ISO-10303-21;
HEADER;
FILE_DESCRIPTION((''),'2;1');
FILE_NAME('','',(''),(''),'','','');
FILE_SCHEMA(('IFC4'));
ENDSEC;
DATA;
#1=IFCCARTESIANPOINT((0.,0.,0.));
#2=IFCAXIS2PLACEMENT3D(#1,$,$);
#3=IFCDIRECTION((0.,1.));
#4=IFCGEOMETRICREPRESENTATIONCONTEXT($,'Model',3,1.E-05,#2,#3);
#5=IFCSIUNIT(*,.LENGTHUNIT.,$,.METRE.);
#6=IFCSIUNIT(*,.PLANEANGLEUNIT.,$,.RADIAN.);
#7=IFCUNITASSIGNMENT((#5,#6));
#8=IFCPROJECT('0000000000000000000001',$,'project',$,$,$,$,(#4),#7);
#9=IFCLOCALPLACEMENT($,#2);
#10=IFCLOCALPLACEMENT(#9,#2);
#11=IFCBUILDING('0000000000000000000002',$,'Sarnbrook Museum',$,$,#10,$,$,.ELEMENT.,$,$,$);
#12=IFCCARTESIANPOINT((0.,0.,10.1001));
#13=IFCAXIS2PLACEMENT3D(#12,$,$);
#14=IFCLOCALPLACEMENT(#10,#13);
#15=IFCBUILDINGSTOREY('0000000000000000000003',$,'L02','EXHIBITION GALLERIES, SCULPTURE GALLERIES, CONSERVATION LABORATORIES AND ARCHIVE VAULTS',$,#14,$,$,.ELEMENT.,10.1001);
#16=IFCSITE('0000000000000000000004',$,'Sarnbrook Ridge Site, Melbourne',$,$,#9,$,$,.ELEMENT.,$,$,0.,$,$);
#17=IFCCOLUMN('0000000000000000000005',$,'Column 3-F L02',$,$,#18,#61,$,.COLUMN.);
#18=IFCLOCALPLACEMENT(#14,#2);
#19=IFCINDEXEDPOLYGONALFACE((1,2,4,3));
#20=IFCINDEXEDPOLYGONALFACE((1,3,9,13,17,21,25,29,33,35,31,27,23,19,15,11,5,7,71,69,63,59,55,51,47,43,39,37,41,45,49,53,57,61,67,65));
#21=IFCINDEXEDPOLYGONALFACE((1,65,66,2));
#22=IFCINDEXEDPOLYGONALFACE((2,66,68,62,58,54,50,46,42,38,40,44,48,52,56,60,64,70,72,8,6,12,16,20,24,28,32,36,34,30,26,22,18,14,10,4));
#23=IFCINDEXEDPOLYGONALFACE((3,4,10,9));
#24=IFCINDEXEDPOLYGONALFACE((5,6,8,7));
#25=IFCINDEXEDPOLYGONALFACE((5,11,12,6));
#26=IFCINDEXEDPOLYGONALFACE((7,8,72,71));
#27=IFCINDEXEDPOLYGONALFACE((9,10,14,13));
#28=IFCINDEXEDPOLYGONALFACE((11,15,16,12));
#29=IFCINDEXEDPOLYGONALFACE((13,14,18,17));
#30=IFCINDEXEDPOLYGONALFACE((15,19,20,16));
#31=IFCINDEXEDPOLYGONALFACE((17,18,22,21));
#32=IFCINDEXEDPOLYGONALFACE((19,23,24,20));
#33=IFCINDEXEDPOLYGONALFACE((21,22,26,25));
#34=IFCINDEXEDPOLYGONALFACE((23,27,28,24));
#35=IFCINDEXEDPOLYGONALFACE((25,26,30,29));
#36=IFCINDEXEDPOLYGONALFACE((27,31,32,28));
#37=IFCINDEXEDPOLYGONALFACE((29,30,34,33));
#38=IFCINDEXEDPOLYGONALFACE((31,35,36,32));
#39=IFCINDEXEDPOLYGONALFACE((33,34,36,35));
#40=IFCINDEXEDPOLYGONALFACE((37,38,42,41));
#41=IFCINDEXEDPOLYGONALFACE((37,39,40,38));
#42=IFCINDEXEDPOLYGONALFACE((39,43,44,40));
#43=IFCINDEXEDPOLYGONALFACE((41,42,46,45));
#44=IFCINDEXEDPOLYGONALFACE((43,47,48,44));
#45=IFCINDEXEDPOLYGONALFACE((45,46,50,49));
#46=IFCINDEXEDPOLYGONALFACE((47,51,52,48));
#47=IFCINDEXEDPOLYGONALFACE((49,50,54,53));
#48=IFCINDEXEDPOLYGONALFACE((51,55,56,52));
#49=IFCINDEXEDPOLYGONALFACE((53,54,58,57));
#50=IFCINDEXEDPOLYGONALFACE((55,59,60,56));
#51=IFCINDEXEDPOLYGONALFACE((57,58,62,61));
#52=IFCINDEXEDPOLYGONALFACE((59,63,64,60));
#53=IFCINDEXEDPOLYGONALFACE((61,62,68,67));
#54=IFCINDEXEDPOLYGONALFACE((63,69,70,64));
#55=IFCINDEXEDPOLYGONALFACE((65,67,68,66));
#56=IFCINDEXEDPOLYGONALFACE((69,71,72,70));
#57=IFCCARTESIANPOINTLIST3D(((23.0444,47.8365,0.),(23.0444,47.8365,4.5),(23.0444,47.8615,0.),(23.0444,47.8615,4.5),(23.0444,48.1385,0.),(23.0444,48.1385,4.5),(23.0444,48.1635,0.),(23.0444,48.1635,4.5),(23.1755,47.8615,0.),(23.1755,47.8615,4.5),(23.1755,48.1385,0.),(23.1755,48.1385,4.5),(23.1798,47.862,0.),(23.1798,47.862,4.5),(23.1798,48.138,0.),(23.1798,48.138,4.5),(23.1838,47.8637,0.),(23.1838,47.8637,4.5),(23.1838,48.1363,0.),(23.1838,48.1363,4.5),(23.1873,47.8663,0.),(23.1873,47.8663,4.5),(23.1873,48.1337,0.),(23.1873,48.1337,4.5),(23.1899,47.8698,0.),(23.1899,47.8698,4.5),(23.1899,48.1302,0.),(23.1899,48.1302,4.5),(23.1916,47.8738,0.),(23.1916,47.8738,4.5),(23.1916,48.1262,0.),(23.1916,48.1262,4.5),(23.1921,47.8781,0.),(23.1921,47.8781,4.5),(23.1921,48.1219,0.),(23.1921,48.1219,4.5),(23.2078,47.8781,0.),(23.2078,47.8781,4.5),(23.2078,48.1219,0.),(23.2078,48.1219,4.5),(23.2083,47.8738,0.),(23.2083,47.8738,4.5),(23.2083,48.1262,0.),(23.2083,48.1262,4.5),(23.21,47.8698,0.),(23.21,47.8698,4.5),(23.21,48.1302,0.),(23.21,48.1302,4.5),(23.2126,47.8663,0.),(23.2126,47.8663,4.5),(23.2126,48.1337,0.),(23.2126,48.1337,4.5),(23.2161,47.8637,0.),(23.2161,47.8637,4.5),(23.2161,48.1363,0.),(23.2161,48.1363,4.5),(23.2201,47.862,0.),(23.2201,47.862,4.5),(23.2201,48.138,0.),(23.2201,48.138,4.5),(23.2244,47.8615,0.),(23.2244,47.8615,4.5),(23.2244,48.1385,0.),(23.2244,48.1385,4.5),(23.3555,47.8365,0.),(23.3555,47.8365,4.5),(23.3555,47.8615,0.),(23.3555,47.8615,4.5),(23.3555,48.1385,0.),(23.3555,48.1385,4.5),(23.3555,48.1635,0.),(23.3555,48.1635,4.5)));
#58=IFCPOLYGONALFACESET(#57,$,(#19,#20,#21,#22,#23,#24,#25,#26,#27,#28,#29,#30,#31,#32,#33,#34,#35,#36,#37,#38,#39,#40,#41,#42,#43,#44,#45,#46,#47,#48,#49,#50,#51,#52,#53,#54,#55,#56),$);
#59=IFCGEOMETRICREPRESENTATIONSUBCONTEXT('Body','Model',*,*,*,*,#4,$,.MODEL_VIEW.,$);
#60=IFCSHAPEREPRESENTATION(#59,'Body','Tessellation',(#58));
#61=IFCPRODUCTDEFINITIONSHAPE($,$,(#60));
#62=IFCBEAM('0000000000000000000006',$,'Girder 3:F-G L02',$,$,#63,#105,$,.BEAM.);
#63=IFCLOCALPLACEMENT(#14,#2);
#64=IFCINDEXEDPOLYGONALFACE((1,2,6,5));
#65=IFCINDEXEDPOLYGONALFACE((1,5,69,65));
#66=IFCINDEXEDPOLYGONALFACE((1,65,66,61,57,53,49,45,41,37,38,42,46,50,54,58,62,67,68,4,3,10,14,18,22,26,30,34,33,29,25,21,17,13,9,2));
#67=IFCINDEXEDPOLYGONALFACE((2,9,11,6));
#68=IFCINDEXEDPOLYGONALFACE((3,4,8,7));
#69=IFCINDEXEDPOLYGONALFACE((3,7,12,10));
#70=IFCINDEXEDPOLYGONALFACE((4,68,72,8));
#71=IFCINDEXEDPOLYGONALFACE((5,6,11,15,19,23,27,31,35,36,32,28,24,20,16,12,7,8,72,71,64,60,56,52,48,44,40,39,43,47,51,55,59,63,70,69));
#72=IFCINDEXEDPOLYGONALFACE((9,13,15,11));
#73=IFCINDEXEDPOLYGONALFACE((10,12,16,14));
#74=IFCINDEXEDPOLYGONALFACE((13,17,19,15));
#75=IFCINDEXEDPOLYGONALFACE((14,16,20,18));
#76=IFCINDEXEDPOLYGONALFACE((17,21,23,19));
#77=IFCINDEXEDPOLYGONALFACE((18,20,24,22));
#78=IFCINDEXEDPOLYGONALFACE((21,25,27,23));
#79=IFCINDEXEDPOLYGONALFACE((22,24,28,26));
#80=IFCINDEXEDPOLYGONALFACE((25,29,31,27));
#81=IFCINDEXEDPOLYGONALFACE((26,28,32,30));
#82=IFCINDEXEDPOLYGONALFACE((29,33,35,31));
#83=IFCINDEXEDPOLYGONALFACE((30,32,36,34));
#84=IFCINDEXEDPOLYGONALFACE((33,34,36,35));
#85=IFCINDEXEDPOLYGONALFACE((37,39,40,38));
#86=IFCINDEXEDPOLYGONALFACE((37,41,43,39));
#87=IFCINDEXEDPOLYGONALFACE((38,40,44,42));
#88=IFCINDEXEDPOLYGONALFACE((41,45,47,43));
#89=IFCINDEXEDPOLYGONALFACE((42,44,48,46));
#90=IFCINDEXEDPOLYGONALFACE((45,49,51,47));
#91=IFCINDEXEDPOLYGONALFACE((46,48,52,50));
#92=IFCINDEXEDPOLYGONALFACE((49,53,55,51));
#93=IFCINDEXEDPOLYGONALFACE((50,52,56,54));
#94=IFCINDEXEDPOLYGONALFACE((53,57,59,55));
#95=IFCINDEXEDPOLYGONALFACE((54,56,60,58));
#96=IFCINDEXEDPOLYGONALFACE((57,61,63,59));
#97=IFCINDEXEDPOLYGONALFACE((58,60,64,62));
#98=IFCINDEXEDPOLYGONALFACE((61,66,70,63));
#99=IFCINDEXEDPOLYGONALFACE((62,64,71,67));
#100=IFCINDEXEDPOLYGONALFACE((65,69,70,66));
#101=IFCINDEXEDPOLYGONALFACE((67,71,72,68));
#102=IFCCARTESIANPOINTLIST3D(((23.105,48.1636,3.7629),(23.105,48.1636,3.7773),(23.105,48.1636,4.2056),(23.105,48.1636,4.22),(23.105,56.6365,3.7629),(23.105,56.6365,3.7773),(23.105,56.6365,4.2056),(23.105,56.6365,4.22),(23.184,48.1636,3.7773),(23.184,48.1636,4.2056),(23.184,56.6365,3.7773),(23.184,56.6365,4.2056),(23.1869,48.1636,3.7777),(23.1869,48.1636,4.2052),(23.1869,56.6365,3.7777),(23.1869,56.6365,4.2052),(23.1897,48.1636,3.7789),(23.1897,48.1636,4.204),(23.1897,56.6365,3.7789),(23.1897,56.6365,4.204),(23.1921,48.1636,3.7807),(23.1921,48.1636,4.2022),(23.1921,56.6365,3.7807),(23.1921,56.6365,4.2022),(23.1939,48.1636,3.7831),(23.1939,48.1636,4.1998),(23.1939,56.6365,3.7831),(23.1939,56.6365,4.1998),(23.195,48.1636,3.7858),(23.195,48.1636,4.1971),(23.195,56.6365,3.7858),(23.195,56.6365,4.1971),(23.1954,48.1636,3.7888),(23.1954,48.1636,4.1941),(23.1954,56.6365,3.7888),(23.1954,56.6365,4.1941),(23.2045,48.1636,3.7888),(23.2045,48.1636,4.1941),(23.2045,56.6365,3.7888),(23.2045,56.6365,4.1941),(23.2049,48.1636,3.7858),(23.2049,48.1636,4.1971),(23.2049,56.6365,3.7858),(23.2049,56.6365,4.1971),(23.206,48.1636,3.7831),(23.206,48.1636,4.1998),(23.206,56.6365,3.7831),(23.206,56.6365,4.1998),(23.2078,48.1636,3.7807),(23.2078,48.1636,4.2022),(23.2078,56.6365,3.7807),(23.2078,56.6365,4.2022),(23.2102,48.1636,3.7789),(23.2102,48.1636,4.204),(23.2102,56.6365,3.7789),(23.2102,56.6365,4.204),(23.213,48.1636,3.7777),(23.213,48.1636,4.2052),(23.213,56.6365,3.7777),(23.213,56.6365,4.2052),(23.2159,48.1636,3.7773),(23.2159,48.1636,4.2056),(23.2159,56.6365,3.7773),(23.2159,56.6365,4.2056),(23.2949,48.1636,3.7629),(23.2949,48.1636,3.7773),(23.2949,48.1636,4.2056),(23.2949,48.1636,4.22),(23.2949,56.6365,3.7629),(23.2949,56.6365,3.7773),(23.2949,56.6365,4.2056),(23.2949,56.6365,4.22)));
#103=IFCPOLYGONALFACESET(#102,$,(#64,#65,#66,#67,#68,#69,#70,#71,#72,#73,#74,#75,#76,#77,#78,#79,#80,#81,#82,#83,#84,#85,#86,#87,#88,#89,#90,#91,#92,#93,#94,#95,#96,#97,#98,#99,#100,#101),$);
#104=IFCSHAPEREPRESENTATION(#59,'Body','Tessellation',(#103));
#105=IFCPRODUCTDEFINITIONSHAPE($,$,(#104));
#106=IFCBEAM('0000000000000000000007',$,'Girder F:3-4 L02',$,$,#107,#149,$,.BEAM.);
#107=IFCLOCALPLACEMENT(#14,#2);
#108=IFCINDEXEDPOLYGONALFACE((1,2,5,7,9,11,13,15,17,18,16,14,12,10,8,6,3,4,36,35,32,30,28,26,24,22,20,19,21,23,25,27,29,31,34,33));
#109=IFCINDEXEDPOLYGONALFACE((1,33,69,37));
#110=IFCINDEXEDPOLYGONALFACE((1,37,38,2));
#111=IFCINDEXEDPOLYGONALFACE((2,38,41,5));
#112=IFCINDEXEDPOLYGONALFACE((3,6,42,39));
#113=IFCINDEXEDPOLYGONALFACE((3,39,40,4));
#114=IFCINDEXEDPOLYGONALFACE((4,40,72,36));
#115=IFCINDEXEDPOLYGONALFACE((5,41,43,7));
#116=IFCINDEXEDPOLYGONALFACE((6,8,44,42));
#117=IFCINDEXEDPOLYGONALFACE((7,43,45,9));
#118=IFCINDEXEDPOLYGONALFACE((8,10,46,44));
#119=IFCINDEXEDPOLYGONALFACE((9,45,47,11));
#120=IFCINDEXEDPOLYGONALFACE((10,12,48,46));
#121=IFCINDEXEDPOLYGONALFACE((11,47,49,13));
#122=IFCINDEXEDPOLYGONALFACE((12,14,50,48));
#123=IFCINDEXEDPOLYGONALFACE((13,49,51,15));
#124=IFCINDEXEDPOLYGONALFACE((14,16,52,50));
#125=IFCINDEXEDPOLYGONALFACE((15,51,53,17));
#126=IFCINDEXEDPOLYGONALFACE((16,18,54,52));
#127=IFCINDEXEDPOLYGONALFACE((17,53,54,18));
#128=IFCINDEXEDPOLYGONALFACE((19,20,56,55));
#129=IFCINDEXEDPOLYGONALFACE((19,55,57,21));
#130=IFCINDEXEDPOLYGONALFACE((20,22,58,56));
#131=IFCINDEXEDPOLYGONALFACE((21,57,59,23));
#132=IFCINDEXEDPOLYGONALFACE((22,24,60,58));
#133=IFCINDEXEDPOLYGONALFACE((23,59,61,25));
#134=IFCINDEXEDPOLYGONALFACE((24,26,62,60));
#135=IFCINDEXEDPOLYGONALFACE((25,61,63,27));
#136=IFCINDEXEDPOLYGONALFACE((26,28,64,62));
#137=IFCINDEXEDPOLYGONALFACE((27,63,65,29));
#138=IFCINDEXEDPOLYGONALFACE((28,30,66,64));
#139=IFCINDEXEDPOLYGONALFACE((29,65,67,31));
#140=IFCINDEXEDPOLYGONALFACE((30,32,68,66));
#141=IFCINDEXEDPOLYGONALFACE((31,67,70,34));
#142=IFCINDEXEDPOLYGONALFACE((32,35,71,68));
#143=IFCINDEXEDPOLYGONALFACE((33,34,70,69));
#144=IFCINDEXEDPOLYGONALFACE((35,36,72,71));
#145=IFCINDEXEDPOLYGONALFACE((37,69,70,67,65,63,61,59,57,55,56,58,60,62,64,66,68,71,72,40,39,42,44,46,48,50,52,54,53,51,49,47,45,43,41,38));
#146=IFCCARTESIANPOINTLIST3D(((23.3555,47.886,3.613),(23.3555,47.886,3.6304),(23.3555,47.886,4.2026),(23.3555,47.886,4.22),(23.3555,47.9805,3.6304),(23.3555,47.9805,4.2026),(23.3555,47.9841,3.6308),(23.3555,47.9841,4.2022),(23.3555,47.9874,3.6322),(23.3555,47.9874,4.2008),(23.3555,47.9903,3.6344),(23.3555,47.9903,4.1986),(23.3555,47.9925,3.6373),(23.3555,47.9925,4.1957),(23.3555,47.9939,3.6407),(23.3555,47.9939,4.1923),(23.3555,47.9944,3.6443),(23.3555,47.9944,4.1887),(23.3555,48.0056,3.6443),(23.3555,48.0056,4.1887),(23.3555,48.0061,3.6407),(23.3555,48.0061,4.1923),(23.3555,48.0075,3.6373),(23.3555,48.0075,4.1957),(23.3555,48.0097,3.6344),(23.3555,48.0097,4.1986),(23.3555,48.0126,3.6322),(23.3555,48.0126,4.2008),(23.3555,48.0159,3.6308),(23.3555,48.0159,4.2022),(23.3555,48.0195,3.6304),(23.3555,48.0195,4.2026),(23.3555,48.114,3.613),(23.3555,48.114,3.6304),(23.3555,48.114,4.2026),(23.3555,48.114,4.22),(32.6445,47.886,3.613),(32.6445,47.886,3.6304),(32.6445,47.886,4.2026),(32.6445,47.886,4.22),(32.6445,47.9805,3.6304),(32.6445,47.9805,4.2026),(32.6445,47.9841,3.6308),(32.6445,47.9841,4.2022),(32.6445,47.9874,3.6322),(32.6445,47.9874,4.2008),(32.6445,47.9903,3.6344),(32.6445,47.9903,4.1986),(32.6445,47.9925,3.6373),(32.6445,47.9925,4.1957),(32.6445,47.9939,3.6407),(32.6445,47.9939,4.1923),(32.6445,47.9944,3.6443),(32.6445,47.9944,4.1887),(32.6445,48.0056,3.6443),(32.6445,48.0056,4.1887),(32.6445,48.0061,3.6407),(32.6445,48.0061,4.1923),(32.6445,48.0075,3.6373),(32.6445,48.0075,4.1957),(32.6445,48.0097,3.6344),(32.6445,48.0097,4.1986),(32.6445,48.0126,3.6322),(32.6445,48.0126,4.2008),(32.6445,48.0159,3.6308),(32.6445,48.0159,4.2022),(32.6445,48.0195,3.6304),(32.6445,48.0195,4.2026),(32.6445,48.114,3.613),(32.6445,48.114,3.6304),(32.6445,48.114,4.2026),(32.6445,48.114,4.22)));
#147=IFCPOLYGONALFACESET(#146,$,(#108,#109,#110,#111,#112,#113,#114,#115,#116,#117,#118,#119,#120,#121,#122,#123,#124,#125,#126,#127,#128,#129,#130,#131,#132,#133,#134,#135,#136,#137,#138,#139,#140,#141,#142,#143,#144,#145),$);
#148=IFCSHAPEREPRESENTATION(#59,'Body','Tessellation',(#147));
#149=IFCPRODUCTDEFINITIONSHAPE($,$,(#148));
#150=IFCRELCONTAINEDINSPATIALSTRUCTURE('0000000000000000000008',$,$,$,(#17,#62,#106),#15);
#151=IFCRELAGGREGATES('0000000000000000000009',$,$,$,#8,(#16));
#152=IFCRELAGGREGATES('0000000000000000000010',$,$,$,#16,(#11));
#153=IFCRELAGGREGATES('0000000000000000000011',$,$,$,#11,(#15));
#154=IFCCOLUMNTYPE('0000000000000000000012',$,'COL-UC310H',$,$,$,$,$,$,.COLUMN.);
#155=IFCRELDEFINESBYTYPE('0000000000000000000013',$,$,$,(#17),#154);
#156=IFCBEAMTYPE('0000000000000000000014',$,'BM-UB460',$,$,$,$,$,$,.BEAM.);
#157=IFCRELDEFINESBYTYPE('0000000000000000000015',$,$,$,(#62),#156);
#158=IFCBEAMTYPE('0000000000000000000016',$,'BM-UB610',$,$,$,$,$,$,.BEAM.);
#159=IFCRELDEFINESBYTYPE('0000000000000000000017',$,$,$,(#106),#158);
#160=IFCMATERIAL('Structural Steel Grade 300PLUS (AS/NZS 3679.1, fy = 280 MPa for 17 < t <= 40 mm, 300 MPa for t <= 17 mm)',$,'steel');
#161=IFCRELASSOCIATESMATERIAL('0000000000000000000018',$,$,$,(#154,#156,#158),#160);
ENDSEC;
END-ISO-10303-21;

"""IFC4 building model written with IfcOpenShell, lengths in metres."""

from ifc_helpers import new_model, si_unit, direction, frame, origin, origin_2d, place, context, subcontext, project, spatial, i_section, extrude, material, material_profile, profile_set, type_object, element, save


model = new_model("IFC4")

# Units and contexts
model_context = context("Model", 3, precision=1e-05, world=origin(), true_north=direction((0.0, 1.0)))
body_context = subcontext(model_context, "Body", "Model", "MODEL_VIEW")
ifc_project = project(units=[si_unit("LENGTHUNIT", "METRE"), si_unit("PLANEANGLEUNIT", "RADIAN")], contexts=[model_context])

# Site, building, storey
site_placement = place(None, origin())
site = spatial("IfcSite", under=ifc_project, at=site_placement, Name="Sarnbrook Ridge Site, Melbourne", CompositionType="ELEMENT", RefElevation=0.0)
building_placement = place(site_placement, origin())
building = spatial("IfcBuilding", under=site, at=building_placement, Name="Sarnbrook Museum", CompositionType="ELEMENT")
storey_placement = place(building_placement, frame((0.0, 0.0, 10.1001)))
storey = spatial("IfcBuildingStorey", under=building, at=storey_placement, Name="L02", Description="EXHIBITION GALLERIES, SCULPTURE GALLERIES, CONSERVATION LABORATORIES AND ARCHIVE VAULTS", CompositionType="ELEMENT", Elevation=10.1001)

# Column
ifc_material_1 = material(Name="Structural Steel Grade 300PLUS (AS/NZS 3679.1, fy = 280 MPa for 17 < t <= 40 mm, 300 MPa for t <= 17 mm)", Category="steel")
ifc_material_profile_1 = material_profile(ifc_material_1, i_section(OverallWidth=0.311, OverallDepth=0.3269, WebThickness=0.0156, FlangeThickness=0.0249, FilletRadius=0.0166, at=origin_2d()), Name="310UC158")
ifc_profile_set_1 = profile_set([ifc_material_profile_1], Name="Structural Steel Grade 300PLUS (AS/NZS 3679.1, fy = 280 MPa for 17 < t <= 40 mm, 300 MPa for t <= 17 mm)")
column_type = type_object("IfcColumnType", Name="COL-UC310H", PredefinedType="COLUMN", material=ifc_profile_set_1)
column_placement = place(storey_placement, frame((23.2, 48.0, 0.0), z_axis=(0.0, 0.0, 1.0), x_axis=(1.0, 0.0, 0.0)))
element("IfcColumn", 1, at=column_placement, inside=storey, type_object=column_type, Name="Column 3-F L02", PredefinedType="COLUMN", context=body_context, shape_type="SweptSolid", body=[
    extrude(i_section(OverallWidth=0.311, OverallDepth=0.3269, WebThickness=0.0156, FlangeThickness=0.0249, FilletRadius=0.0166, at=origin_2d()), origin(), (0.0, 0.0, 1.0), 4.5),
])

# Beams
ifc_material_profile_2 = material_profile(ifc_material_1, i_section(OverallWidth=0.1899, OverallDepth=0.457, WebThickness=0.009, FlangeThickness=0.0144, FilletRadius=0.0115, at=origin_2d()), Name="460UB74.6")
ifc_profile_set_2 = profile_set([ifc_material_profile_2], Name="Structural Steel Grade 300PLUS (AS/NZS 3679.1, fy = 280 MPa for 17 < t <= 40 mm, 300 MPa for t <= 17 mm)")
beam_type_1 = type_object("IfcBeamType", Name="BM-UB460", PredefinedType="BEAM", material=ifc_profile_set_2)
beam_1_placement = place(storey_placement, frame((23.2, 48.1636, 3.9915), z_axis=(0.0, 1.0, 0.0), x_axis=(-1.0, 0.0, 0.0)))
element("IfcBeam", 2, at=beam_1_placement, inside=storey, type_object=beam_type_1, Name="Girder 3:F-G L02", PredefinedType="BEAM", context=body_context, shape_type="SweptSolid", body=[
    extrude(i_section(OverallWidth=0.1899, OverallDepth=0.457, WebThickness=0.009, FlangeThickness=0.0144, FilletRadius=0.0115, at=origin_2d()), origin(), (0.0, 0.0, 1.0), 8.4729),
])
ifc_material_profile_3 = material_profile(ifc_material_1, i_section(OverallWidth=0.228, OverallDepth=0.6069, WebThickness=0.0112, FlangeThickness=0.0173, FilletRadius=0.0139, at=origin_2d()), Name="610UB113")
ifc_profile_set_3 = profile_set([ifc_material_profile_3], Name="Structural Steel Grade 300PLUS (AS/NZS 3679.1, fy = 280 MPa for 17 < t <= 40 mm, 300 MPa for t <= 17 mm)")
beam_type_2 = type_object("IfcBeamType", Name="BM-UB610", PredefinedType="BEAM", material=ifc_profile_set_3)
beam_2_placement = place(storey_placement, frame((23.3555, 48.0, 3.9165), z_axis=(1.0, 0.0, 0.0), x_axis=(0.0, 1.0, 0.0)))
element("IfcBeam", 3, at=beam_2_placement, inside=storey, type_object=beam_type_2, Name="Girder F:3-4 L02", PredefinedType="BEAM", context=body_context, shape_type="SweptSolid", body=[
    extrude(i_section(OverallWidth=0.228, OverallDepth=0.6069, WebThickness=0.0112, FlangeThickness=0.0173, FilletRadius=0.0139, at=origin_2d()), origin(), (0.0, 0.0, 1.0), 9.2891),
])

save(model, "model.ifc")
